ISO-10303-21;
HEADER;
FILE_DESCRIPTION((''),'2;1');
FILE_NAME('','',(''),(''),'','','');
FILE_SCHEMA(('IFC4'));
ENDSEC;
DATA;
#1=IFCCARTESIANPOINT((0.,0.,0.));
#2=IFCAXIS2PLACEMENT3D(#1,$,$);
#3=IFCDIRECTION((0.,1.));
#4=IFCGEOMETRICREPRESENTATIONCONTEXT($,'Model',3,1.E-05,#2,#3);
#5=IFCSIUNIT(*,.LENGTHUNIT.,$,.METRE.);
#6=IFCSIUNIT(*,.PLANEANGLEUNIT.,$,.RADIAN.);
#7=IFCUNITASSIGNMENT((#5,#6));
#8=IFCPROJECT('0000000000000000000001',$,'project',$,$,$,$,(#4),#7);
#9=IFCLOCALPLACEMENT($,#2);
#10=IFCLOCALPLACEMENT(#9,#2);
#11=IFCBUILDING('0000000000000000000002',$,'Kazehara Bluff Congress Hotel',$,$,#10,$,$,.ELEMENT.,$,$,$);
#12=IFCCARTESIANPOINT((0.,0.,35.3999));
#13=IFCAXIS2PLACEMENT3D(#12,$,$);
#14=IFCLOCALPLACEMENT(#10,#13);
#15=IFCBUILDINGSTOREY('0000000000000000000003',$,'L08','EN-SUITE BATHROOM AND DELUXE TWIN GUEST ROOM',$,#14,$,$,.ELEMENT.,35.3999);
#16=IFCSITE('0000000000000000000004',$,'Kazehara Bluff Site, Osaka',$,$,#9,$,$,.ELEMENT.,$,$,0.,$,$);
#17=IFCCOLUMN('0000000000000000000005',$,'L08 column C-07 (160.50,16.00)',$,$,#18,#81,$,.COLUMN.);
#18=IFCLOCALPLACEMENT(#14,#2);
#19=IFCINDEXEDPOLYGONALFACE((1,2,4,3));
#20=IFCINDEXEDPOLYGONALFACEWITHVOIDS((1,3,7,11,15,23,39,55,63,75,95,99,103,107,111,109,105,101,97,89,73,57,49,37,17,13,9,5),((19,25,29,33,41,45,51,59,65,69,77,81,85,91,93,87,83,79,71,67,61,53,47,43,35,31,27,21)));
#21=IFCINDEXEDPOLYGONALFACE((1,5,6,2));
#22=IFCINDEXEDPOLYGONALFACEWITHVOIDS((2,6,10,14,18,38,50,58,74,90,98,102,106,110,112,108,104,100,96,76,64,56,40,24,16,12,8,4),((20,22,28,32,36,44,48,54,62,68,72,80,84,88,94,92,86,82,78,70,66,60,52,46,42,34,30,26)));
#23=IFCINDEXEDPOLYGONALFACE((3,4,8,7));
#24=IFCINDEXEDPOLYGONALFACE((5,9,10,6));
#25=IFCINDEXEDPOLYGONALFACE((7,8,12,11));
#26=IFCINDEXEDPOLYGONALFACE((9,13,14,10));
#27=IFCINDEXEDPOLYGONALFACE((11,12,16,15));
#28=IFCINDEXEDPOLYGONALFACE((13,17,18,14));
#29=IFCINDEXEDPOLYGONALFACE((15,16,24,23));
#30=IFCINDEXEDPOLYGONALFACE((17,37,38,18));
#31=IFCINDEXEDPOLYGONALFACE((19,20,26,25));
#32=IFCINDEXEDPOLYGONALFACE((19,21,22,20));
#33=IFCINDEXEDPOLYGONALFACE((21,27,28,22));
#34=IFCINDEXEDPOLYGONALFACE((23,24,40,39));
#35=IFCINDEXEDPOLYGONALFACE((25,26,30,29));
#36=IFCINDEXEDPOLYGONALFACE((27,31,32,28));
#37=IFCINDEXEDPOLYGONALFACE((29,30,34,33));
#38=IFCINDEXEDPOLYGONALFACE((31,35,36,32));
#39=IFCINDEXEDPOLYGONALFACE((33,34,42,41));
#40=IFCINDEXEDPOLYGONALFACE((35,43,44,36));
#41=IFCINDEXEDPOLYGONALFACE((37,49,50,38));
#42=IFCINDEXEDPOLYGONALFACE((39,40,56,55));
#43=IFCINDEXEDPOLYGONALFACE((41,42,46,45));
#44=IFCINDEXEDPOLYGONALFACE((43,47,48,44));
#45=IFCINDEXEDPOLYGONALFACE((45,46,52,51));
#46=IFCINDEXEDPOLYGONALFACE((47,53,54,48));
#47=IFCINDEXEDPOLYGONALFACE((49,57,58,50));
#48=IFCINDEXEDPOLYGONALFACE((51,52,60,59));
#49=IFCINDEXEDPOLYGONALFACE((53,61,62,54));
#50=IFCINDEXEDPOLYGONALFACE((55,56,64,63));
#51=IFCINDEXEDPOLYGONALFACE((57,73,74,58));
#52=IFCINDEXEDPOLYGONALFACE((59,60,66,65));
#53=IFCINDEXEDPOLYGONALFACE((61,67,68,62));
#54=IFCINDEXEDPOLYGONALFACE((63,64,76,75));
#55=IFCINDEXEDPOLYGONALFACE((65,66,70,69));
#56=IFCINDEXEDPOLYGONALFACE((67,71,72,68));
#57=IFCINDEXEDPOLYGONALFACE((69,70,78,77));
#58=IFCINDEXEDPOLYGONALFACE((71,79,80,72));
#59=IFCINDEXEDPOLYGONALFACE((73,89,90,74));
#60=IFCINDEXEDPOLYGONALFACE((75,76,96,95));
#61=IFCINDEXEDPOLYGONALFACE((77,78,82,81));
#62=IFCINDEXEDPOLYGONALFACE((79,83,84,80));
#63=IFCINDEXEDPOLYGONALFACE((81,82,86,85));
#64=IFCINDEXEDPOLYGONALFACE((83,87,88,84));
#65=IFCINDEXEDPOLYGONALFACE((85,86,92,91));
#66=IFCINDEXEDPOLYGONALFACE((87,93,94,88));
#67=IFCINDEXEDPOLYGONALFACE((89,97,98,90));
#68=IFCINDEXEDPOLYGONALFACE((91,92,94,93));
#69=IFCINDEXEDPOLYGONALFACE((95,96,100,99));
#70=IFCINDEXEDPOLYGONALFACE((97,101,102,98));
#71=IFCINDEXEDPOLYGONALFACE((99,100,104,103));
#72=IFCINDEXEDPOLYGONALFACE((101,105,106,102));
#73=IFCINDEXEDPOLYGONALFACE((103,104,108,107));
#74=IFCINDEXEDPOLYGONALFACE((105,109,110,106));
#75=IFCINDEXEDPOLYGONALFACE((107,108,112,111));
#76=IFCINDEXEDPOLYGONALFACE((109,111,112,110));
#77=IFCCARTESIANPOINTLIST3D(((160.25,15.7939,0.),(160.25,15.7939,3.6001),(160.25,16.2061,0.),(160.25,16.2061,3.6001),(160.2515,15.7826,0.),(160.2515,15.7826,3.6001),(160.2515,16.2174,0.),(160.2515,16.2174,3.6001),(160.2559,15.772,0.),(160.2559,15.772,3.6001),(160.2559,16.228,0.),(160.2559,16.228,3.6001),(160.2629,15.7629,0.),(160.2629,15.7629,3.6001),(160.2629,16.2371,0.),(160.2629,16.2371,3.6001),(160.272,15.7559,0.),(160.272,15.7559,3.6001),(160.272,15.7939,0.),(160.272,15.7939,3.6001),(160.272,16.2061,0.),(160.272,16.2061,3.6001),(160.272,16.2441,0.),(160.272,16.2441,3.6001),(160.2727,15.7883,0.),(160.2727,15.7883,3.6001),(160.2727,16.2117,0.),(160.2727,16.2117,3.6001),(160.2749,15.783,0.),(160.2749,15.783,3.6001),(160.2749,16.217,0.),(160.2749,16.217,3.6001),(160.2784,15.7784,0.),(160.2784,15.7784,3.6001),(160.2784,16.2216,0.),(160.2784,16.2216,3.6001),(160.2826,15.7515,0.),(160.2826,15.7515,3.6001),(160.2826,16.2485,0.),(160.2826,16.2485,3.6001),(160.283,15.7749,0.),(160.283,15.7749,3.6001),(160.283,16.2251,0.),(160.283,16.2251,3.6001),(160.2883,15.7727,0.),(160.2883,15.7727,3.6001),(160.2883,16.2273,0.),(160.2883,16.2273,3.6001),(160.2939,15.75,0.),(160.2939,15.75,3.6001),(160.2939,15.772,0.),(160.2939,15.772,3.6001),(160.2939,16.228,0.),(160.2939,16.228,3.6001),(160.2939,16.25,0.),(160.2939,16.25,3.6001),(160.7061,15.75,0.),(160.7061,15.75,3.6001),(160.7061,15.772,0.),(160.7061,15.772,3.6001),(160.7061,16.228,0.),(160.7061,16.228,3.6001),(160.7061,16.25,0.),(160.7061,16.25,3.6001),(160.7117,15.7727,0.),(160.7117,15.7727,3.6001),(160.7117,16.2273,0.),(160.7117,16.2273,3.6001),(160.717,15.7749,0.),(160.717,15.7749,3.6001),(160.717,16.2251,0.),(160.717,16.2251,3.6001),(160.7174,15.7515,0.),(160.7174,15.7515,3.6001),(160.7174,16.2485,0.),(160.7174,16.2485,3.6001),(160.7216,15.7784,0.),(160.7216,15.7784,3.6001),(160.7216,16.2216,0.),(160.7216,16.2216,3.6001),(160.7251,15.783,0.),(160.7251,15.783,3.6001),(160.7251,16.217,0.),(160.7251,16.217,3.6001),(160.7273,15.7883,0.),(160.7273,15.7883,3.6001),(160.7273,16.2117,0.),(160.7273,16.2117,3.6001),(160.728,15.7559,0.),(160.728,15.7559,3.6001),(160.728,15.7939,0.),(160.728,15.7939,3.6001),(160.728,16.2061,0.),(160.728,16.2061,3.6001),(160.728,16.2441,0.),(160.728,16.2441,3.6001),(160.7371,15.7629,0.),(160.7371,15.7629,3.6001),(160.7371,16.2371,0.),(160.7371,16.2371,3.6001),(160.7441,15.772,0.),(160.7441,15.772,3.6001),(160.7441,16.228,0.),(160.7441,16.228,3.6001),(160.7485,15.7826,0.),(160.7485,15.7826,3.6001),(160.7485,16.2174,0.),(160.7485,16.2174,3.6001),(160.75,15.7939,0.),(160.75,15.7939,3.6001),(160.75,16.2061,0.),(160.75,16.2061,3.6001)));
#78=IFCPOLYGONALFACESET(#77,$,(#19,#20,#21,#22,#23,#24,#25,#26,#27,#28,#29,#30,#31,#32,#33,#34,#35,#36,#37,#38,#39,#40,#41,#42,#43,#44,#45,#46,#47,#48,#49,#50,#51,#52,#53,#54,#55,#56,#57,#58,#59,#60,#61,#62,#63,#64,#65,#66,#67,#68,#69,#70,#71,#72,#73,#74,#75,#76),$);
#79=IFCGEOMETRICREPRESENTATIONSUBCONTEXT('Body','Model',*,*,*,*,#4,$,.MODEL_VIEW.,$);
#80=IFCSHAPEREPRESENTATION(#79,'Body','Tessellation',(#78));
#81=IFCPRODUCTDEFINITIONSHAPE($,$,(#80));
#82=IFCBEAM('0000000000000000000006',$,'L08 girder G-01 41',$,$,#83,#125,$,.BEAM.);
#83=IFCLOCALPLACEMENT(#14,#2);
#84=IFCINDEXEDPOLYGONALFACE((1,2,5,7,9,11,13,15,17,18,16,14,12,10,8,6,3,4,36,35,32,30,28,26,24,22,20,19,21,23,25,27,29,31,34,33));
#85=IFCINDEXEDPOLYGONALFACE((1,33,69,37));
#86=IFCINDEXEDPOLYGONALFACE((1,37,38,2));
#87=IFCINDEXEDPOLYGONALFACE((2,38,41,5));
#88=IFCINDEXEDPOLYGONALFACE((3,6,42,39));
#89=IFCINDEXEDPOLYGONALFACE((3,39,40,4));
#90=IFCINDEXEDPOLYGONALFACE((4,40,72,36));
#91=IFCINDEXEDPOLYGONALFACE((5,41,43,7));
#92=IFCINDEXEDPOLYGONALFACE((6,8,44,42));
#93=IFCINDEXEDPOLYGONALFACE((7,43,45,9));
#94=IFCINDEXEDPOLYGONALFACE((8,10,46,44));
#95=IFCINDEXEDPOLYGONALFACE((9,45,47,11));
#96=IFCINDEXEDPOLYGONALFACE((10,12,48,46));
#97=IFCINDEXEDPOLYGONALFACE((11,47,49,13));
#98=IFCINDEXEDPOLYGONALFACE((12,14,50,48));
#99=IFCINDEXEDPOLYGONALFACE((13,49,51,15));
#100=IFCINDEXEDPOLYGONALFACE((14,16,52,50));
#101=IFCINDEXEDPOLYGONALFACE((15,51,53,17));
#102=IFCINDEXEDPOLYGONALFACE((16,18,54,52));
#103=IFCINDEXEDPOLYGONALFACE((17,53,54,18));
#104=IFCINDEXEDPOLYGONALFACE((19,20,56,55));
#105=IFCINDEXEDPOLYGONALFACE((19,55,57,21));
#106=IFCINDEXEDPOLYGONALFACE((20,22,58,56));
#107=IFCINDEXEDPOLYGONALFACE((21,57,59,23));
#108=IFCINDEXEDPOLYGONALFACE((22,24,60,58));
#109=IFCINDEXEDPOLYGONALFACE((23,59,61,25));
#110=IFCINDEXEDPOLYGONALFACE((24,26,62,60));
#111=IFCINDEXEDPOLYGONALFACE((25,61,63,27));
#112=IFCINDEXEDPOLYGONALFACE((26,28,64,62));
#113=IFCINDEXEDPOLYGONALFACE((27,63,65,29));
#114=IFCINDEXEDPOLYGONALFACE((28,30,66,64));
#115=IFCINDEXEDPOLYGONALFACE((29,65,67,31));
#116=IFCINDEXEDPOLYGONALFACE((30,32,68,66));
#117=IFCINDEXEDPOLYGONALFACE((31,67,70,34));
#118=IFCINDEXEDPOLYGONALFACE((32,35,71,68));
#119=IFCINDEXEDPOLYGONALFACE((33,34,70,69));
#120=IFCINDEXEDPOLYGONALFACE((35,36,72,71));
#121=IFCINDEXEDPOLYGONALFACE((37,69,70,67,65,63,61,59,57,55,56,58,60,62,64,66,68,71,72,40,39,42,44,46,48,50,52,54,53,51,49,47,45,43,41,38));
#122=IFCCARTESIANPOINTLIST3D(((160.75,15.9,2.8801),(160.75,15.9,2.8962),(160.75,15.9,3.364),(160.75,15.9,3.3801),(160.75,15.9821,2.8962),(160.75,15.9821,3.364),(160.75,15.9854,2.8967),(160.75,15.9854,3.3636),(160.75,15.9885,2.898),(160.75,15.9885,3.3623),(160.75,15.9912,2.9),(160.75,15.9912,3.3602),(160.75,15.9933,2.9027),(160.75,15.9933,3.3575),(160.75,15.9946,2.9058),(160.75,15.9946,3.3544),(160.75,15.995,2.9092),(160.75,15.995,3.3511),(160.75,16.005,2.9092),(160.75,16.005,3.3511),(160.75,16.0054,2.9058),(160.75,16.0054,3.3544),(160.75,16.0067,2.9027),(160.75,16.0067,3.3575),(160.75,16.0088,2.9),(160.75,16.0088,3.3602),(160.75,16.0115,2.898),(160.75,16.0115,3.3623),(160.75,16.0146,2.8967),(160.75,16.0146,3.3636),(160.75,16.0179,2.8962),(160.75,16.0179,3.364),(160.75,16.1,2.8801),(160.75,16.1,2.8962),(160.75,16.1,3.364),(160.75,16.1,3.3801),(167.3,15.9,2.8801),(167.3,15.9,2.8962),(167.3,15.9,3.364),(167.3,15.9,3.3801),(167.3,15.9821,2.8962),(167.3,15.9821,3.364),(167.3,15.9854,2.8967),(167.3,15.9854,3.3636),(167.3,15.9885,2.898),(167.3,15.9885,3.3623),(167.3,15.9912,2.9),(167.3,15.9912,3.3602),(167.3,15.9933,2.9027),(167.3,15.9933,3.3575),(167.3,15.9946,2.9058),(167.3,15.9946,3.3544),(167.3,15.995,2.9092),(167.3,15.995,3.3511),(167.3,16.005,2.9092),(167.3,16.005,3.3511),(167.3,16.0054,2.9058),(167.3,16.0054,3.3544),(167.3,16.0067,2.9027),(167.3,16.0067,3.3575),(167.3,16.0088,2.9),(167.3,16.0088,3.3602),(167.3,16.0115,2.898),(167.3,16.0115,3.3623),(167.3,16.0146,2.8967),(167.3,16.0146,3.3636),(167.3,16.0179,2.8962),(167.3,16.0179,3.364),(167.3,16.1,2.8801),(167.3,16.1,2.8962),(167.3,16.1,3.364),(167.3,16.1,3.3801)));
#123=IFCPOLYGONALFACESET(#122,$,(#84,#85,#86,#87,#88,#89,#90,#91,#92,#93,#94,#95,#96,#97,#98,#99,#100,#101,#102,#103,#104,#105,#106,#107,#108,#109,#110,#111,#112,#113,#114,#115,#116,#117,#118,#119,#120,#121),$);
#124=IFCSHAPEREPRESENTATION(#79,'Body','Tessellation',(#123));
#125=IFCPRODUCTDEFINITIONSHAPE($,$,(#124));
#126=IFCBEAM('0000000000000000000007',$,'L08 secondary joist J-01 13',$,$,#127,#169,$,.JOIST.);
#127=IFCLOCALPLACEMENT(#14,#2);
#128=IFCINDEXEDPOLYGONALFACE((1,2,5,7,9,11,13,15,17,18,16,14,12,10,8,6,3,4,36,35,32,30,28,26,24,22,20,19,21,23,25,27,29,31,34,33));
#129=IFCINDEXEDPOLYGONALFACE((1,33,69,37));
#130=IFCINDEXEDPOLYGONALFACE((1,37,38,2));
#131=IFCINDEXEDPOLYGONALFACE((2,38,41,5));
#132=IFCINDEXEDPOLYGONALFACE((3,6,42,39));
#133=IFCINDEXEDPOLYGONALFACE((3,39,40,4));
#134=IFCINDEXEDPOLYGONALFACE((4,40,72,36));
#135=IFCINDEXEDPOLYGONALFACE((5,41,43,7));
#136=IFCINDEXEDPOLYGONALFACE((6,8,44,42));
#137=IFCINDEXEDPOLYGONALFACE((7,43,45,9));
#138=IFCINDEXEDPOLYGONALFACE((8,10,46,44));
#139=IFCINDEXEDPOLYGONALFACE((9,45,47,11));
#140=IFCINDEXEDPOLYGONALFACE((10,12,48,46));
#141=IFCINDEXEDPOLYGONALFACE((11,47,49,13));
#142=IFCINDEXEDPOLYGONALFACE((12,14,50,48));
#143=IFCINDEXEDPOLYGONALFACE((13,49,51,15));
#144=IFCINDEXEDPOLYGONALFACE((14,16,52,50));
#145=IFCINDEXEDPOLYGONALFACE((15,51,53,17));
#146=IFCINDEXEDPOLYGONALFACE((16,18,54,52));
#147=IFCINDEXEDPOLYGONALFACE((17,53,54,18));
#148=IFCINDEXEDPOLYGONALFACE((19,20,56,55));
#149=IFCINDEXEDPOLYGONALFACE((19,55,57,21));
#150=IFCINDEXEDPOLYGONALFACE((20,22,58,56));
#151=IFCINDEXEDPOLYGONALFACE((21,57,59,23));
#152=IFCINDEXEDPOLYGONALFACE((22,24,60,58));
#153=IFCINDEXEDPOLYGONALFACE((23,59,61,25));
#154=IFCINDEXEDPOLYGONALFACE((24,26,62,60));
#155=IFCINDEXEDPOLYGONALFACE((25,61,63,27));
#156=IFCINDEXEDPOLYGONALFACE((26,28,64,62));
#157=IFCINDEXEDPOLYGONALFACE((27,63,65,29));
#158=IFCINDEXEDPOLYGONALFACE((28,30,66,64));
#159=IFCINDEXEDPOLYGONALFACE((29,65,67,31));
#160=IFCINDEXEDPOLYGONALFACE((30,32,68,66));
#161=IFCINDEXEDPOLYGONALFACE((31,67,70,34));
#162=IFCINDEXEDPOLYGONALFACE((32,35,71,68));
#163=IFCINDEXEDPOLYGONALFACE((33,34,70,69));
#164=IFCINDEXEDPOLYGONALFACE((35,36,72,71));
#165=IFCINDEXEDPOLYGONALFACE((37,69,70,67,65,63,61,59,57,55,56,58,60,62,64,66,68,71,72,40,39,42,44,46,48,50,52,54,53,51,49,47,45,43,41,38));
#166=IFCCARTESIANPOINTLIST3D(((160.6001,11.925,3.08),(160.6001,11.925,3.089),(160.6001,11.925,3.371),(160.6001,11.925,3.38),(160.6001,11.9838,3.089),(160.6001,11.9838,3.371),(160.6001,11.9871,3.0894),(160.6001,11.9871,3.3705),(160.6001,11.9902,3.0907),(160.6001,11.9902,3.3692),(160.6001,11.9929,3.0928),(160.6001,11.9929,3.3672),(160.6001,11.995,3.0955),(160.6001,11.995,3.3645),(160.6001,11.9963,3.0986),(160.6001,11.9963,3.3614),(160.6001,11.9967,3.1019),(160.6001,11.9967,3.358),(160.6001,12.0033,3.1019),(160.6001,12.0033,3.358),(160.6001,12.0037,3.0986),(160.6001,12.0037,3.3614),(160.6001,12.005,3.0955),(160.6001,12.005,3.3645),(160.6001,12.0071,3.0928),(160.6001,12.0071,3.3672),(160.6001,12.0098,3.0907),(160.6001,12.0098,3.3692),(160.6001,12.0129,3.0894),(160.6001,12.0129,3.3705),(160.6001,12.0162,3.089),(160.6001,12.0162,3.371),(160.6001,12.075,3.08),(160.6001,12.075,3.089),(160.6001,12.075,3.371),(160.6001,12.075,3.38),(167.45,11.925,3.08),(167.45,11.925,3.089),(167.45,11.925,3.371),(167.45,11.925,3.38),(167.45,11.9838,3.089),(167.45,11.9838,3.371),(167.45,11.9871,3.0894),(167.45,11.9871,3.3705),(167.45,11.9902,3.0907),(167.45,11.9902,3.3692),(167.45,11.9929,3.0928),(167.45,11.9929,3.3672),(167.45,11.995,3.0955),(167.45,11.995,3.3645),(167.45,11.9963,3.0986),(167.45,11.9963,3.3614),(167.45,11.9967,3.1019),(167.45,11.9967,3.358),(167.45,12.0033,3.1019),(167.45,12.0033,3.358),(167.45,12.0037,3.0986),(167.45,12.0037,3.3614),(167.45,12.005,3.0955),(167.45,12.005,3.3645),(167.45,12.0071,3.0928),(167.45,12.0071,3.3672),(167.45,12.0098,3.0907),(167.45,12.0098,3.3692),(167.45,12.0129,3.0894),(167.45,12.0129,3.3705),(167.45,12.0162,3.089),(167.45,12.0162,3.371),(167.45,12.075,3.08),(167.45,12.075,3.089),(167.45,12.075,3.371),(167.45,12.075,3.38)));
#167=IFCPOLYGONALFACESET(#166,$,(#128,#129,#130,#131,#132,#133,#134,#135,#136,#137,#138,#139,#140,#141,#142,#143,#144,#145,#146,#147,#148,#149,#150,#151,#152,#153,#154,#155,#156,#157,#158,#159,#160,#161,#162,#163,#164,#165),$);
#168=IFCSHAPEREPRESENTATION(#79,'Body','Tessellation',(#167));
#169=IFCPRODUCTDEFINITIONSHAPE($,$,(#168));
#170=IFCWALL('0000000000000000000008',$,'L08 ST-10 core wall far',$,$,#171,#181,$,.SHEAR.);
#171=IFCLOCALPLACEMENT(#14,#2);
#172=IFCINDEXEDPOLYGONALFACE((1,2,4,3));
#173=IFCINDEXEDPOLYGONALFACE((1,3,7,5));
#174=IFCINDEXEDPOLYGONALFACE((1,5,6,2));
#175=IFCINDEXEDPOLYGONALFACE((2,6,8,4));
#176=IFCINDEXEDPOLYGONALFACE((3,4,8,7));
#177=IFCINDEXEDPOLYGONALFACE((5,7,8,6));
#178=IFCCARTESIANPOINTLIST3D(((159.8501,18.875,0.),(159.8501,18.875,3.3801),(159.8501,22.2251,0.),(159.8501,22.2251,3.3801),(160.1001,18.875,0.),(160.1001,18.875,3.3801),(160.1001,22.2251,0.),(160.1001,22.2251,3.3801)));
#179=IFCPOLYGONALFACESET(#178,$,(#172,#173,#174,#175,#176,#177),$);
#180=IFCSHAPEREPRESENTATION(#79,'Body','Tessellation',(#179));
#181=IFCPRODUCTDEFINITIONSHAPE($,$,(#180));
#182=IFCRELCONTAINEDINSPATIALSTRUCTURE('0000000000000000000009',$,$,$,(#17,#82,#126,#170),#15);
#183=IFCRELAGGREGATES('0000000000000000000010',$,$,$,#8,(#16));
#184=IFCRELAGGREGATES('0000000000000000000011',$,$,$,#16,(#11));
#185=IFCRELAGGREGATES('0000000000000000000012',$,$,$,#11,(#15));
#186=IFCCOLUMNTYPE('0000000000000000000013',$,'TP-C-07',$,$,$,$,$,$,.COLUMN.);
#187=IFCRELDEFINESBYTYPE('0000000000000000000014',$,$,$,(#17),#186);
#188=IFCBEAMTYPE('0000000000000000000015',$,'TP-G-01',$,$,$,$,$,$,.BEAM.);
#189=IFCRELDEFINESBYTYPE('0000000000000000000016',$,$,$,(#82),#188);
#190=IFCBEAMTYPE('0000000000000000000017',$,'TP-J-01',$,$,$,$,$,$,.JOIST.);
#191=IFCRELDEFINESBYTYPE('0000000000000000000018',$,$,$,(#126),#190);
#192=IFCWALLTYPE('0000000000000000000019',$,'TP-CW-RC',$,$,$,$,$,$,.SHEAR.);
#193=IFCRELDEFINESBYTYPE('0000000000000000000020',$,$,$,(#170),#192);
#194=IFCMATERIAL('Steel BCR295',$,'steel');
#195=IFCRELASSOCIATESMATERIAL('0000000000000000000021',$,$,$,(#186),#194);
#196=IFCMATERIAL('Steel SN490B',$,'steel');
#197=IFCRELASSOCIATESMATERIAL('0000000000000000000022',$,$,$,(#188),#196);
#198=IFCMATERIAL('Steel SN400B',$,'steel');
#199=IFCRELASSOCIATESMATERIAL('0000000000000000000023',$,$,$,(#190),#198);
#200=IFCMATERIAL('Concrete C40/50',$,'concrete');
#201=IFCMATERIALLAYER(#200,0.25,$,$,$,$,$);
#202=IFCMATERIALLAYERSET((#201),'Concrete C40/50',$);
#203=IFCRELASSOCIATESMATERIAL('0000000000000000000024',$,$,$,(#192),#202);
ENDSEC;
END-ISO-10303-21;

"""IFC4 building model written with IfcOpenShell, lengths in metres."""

from ifc_helpers import new_model, si_unit, direction, frame, frame_2d, origin, origin_2d, place, context, subcontext, project, spatial, rectangle, hollow_rectangle, i_section, extrude, material, layer, layer_set, material_profile, profile_set, type_object, element, save


model = new_model("IFC4")

# Units and contexts
model_context = context("Model", 3, precision=1e-05, world=origin(), true_north=direction((0.0, 1.0)))
body_context = subcontext(model_context, "Body", "Model", "MODEL_VIEW")
ifc_project = project(units=[si_unit("LENGTHUNIT", "METRE"), si_unit("PLANEANGLEUNIT", "RADIAN")], contexts=[model_context])

# Site, building, storey
site_placement = place(None, origin())
site = spatial("IfcSite", under=ifc_project, at=site_placement, Name="Kazehara Bluff Site, Osaka", CompositionType="ELEMENT", RefElevation=0.0)
building_placement = place(site_placement, origin())
building = spatial("IfcBuilding", under=site, at=building_placement, Name="Kazehara Bluff Congress Hotel", CompositionType="ELEMENT")
storey_placement = place(building_placement, frame((0.0, 0.0, 35.3999)))
storey = spatial("IfcBuildingStorey", under=building, at=storey_placement, Name="L08", Description="EN-SUITE BATHROOM AND DELUXE TWIN GUEST ROOM", CompositionType="ELEMENT", Elevation=35.3999)

# Column
ifc_material_1 = material(Name="Steel BCR295", Category="steel")
ifc_material_profile_1 = material_profile(ifc_material_1, hollow_rectangle(XDim=0.5, YDim=0.5, WallThickness=0.022, InnerFilletRadius=0.022, OuterFilletRadius=0.0439, at=origin_2d()))
ifc_profile_set_1 = profile_set([ifc_material_profile_1], Name="Steel BCR295")
column_type = type_object("IfcColumnType", Name="TP-C-07", PredefinedType="COLUMN", material=ifc_profile_set_1)
column_placement = place(storey_placement, frame((160.5, 16.0, 0.0), z_axis=(0.0, 0.0, 1.0), x_axis=(1.0, 0.0, 0.0)))
element("IfcColumn", 1, at=column_placement, inside=storey, type_object=column_type, Name="L08 column C-07 (160.50,16.00)", PredefinedType="COLUMN", context=body_context, shape_type="SweptSolid", body=[
    extrude(hollow_rectangle(XDim=0.5, YDim=0.5, WallThickness=0.022, InnerFilletRadius=0.022, OuterFilletRadius=0.0439, at=origin_2d()), origin(), (0.0, 0.0, 1.0), 3.6001),
])

# Beams
ifc_material_2 = material(Name="Steel SN490B", Category="steel")
ifc_material_profile_2 = material_profile(ifc_material_2, i_section(OverallWidth=0.2, OverallDepth=0.5, WebThickness=0.01, FlangeThickness=0.0161, FilletRadius=0.0129, at=origin_2d()))
ifc_profile_set_2 = profile_set([ifc_material_profile_2], Name="Steel SN490B")
beam_type_1 = type_object("IfcBeamType", Name="TP-G-01", PredefinedType="BEAM", material=ifc_profile_set_2)
beam_1_placement = place(storey_placement, frame((160.75, 16.0, 3.1301), z_axis=(1.0, 0.0, 0.0), x_axis=(0.0, 1.0, 0.0)))
element("IfcBeam", 2, at=beam_1_placement, inside=storey, type_object=beam_type_1, Name="L08 girder G-01 41", PredefinedType="BEAM", context=body_context, shape_type="SweptSolid", body=[
    extrude(i_section(OverallWidth=0.2, OverallDepth=0.5, WebThickness=0.01, FlangeThickness=0.0161, FilletRadius=0.0129, at=origin_2d()), origin(), (0.0, 0.0, 1.0), 6.55),
])
ifc_material_3 = material(Name="Steel SN400B", Category="steel")
ifc_material_profile_3 = material_profile(ifc_material_3, i_section(OverallWidth=0.1499, OverallDepth=0.3, WebThickness=0.0066, FlangeThickness=0.009, FilletRadius=0.0129, at=origin_2d()))
ifc_profile_set_3 = profile_set([ifc_material_profile_3], Name="Steel SN400B")
beam_type_2 = type_object("IfcBeamType", Name="TP-J-01", PredefinedType="JOIST", material=ifc_profile_set_3)
beam_2_placement = place(storey_placement, frame((160.6001, 12.0, 3.23), z_axis=(1.0, 0.0, 0.0), x_axis=(0.0, 1.0, 0.0)))
element("IfcBeam", 3, at=beam_2_placement, inside=storey, type_object=beam_type_2, Name="L08 secondary joist J-01 13", PredefinedType="JOIST", context=body_context, shape_type="SweptSolid", body=[
    extrude(i_section(OverallWidth=0.1499, OverallDepth=0.3, WebThickness=0.0066, FlangeThickness=0.009, FilletRadius=0.0129, at=origin_2d()), origin(), (0.0, 0.0, 1.0), 6.8499),
])

# Wall
ifc_material_4 = material(Name="Concrete C40/50", Category="concrete")
ifc_layer_1 = layer(ifc_material_4, 0.25)
ifc_layer_set_1 = layer_set([ifc_layer_1], Name="Concrete C40/50")
wall_type_1 = type_object("IfcWallType", Name="TP-CW-RC", PredefinedType="SHEAR", material=ifc_layer_set_1)
wall_1_placement = place(storey_placement, frame((159.9751, 18.875, 0.0), z_axis=(0.0, 0.0, 1.0), x_axis=(0.0, 1.0, 0.0)))
element("IfcWall", 4, at=wall_1_placement, inside=storey, type_object=wall_type_1, Name="L08 ST-10 core wall far", PredefinedType="SHEAR", context=body_context, shape_type="SweptSolid", body=[
    extrude(rectangle(XDim=3.3501, YDim=0.25, at=frame_2d((1.675, 0.0))), origin(), (0.0, 0.0, 1.0), 3.3801),
])

save(model, "model.ifc")
